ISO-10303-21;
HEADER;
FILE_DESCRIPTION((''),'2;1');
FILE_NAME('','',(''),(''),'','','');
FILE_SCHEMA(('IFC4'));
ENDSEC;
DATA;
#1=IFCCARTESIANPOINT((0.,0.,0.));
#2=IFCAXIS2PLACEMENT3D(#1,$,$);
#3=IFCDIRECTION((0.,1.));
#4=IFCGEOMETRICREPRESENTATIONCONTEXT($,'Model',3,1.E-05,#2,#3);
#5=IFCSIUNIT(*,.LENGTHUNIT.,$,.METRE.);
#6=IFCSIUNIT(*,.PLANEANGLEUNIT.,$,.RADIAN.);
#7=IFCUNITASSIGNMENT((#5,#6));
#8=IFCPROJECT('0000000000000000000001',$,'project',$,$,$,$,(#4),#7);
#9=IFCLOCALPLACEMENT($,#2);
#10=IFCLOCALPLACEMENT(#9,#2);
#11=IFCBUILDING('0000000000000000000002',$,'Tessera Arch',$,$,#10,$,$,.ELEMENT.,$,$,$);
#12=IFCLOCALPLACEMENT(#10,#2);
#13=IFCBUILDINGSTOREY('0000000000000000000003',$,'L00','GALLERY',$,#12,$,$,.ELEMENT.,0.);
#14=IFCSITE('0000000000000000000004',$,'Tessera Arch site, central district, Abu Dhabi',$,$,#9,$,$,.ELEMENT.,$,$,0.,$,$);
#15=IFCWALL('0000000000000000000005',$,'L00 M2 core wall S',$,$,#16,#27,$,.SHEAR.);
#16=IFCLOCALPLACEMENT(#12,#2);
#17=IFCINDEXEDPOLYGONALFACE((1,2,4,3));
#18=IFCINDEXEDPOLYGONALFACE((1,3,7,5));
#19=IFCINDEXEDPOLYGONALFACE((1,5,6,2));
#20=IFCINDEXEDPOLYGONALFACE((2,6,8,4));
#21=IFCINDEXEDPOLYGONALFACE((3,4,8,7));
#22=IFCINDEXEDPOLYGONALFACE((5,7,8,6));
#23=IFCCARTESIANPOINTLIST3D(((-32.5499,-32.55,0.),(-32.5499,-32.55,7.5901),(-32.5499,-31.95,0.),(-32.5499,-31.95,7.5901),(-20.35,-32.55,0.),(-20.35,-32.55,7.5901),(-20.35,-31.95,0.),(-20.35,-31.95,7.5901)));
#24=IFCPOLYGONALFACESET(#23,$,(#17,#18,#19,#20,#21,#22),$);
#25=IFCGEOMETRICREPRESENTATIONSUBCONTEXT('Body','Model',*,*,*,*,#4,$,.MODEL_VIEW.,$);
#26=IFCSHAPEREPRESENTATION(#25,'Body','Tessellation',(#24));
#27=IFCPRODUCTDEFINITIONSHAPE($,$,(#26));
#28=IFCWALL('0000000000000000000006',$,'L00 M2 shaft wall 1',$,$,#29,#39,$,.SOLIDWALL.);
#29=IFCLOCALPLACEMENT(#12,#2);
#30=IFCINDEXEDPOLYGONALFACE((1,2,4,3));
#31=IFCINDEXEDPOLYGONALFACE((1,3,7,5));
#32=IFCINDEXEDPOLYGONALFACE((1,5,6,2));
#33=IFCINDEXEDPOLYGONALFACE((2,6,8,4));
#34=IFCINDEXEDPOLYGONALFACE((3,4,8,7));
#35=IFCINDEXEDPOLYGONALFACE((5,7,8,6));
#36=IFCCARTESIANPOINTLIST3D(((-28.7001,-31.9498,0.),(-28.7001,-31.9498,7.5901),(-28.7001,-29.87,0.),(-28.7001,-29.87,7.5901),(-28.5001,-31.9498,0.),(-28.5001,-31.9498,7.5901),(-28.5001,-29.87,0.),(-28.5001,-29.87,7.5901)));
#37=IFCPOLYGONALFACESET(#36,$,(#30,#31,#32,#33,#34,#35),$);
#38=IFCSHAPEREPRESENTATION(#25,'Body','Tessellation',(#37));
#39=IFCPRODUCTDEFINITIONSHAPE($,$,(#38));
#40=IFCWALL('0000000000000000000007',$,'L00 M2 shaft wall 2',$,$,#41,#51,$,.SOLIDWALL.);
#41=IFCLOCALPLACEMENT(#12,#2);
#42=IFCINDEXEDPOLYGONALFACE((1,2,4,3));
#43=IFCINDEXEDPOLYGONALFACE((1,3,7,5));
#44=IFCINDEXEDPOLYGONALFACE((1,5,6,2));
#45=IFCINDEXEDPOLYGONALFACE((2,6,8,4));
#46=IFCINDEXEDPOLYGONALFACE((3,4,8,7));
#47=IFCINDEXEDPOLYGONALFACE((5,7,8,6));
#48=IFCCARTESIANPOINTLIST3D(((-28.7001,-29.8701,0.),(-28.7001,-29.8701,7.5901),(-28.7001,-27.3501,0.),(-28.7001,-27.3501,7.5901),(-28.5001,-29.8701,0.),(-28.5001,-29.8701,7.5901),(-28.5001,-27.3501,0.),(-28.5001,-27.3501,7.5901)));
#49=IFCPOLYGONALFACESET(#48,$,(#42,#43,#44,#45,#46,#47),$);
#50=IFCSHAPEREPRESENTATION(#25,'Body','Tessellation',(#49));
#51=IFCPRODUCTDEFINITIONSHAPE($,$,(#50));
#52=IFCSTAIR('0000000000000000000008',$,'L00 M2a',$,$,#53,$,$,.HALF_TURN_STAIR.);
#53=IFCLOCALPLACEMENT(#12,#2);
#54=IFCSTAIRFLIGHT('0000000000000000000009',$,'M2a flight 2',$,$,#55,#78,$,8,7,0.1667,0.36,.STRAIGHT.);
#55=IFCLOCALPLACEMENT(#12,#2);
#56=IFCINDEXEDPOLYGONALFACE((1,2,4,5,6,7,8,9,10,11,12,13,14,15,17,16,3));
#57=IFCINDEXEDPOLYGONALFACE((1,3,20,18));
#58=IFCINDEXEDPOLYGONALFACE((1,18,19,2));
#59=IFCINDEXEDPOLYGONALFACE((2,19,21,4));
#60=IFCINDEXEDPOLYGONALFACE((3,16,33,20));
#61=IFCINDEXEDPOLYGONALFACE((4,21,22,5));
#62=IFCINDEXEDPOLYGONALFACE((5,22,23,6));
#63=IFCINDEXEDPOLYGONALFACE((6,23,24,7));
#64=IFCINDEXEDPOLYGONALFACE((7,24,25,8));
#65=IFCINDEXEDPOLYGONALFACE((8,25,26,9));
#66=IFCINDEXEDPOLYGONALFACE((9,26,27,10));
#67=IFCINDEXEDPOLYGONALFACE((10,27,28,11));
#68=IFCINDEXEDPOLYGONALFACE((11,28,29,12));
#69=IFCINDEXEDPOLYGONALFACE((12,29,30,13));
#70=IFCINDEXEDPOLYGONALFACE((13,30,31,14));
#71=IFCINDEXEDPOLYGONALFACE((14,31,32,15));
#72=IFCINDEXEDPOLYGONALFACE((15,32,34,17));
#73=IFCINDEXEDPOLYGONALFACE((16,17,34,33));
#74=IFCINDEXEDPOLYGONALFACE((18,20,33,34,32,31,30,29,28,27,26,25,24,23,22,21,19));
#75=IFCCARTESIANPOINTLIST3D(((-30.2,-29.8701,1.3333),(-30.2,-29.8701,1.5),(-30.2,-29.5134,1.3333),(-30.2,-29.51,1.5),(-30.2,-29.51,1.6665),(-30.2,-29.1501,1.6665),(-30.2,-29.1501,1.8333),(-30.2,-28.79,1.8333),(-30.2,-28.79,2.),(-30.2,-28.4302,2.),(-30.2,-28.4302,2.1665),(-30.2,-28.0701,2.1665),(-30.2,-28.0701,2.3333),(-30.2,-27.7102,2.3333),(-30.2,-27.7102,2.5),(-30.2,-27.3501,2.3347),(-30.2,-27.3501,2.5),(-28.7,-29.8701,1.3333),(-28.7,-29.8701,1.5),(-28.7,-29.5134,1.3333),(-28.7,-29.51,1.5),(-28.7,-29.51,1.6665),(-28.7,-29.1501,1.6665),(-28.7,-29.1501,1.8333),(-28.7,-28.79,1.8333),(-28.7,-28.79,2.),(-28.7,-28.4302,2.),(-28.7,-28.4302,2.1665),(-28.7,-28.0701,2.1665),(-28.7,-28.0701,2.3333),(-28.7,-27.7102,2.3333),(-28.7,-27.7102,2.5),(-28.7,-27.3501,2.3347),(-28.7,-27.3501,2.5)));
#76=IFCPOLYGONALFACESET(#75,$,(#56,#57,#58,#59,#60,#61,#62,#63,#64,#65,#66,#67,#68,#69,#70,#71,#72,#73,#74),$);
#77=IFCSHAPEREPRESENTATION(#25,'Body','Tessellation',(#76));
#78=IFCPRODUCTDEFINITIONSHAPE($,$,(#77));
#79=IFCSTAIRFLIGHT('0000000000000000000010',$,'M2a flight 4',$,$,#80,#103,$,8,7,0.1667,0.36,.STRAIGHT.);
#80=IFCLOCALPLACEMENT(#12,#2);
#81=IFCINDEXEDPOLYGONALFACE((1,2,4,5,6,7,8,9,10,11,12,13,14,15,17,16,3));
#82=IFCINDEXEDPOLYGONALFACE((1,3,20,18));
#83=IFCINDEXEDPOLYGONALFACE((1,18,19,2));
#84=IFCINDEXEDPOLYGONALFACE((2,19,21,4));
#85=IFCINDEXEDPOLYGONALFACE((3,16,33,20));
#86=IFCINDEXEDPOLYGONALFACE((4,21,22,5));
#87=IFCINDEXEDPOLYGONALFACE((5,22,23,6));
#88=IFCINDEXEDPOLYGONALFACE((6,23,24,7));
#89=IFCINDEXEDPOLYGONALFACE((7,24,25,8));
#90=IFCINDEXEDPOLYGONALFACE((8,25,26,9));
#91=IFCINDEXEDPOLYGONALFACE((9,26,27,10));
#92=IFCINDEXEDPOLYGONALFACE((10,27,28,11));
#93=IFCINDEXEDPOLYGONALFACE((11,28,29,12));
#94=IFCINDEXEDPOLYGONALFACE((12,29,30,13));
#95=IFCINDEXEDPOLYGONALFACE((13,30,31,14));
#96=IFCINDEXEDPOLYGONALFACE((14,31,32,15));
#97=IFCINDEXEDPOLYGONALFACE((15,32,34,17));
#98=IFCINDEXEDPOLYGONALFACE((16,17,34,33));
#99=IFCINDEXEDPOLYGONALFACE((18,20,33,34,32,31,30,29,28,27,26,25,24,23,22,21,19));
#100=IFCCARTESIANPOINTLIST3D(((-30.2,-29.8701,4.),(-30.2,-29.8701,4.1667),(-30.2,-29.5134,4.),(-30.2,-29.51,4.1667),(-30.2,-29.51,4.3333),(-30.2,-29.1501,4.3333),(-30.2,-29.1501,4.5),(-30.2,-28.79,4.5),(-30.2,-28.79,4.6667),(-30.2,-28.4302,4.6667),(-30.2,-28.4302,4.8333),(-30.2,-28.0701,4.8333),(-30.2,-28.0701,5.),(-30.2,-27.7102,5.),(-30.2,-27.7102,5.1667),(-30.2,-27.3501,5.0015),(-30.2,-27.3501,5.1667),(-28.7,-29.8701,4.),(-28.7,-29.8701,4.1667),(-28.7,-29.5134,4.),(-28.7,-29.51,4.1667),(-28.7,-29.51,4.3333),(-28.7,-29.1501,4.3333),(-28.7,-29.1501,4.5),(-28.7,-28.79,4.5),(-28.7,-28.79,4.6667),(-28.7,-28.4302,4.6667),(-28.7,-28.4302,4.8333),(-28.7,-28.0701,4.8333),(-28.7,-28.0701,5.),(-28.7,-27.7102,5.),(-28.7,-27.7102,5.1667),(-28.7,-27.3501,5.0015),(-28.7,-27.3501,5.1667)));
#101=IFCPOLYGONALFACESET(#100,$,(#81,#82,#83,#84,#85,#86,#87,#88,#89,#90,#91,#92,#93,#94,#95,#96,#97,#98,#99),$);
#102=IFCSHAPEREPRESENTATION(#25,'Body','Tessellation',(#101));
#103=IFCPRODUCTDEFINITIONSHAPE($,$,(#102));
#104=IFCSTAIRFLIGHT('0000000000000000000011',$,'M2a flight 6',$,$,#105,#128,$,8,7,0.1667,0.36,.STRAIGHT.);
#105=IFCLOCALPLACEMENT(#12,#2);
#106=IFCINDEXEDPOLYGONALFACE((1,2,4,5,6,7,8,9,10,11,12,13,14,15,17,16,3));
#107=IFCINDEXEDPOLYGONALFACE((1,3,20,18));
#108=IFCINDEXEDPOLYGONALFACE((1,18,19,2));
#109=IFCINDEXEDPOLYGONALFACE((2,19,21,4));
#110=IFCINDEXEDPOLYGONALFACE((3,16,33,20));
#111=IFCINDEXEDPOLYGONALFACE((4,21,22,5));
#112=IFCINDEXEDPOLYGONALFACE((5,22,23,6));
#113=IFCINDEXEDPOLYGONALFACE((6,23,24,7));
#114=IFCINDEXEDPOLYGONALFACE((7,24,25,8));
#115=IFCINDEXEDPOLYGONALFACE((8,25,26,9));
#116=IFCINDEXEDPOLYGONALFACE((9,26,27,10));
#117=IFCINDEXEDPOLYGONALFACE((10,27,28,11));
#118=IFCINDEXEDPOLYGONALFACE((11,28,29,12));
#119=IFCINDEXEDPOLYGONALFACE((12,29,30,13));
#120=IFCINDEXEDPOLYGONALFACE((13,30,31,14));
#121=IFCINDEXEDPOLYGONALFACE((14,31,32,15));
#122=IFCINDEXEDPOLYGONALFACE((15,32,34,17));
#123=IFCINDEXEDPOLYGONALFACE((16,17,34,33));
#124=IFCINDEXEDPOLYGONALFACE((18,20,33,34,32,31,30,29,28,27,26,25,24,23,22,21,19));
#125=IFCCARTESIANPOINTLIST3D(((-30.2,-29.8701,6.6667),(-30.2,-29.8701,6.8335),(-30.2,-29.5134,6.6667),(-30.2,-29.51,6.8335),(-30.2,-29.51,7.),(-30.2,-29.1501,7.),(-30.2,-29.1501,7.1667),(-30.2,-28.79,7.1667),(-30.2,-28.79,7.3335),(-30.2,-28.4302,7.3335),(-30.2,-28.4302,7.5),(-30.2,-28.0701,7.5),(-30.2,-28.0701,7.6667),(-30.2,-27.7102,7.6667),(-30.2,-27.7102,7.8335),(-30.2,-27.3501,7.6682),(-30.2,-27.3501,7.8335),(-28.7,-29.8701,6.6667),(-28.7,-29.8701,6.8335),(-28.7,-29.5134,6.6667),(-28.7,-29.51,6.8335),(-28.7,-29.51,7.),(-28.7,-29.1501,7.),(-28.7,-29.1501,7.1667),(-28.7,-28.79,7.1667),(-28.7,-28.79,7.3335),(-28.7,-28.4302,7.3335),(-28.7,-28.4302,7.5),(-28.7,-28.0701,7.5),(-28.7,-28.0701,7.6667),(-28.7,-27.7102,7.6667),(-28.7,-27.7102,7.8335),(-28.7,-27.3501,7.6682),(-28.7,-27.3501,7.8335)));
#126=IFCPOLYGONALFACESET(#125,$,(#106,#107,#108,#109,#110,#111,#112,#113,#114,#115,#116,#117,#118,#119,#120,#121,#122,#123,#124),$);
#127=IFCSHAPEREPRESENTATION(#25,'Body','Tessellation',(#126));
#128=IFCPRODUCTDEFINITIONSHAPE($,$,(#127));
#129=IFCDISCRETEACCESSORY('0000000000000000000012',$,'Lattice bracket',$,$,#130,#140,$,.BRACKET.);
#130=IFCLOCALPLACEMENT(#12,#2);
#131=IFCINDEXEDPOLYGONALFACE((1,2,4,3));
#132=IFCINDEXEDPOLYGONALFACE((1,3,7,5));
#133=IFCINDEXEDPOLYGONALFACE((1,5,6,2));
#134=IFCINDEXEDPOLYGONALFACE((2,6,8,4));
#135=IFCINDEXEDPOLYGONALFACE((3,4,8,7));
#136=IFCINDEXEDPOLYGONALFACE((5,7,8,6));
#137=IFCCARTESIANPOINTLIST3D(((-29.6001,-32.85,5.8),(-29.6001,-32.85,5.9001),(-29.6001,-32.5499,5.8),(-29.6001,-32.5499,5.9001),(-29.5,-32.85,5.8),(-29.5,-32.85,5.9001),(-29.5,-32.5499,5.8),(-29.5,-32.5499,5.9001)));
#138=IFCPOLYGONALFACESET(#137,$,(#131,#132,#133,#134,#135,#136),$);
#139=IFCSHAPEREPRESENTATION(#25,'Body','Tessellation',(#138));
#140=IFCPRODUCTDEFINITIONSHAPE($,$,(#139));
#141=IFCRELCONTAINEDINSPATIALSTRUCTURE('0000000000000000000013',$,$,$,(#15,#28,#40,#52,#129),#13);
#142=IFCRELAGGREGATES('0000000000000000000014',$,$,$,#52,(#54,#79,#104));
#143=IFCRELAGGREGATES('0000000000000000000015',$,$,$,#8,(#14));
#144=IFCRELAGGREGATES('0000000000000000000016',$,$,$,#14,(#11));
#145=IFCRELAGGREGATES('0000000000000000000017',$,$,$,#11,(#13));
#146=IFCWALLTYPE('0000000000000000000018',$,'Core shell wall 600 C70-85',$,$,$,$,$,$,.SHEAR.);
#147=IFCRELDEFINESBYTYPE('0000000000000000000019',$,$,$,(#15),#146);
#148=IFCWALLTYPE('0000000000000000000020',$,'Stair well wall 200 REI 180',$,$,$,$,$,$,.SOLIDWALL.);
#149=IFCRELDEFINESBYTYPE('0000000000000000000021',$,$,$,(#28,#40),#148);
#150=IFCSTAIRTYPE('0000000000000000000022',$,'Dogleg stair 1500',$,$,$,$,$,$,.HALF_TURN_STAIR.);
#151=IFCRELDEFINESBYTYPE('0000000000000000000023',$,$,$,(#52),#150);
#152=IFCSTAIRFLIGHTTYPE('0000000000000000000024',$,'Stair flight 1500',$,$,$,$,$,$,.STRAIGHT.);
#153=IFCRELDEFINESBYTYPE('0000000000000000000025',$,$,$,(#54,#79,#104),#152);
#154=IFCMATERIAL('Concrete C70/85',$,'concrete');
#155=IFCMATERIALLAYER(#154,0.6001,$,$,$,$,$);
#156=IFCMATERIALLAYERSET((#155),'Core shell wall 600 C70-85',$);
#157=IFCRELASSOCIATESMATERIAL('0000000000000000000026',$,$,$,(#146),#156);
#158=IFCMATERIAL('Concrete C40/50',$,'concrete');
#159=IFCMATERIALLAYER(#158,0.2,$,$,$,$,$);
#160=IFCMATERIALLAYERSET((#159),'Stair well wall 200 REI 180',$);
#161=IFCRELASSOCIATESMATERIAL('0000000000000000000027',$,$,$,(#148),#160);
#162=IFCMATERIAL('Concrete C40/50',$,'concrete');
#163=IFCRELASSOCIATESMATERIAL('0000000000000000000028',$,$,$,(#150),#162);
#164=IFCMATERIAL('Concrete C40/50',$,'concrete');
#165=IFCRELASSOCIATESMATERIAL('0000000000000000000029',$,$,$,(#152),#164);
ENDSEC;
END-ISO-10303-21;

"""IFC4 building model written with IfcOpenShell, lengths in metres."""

from ifc_helpers import new_model, si_unit, direction, frame, frame_2d, origin, origin_2d, place, context, subcontext, project, spatial, polyline, rectangle, outline, extrude, material, layer, layer_set, type_object, element, aggregate, save


model = new_model("IFC4")

# Units and contexts
model_context = context("Model", 3, precision=1e-05, world=origin(), true_north=direction((0.0, 1.0)))
body_context = subcontext(model_context, "Body", "Model", "MODEL_VIEW")
ifc_project = project(units=[si_unit("LENGTHUNIT", "METRE"), si_unit("PLANEANGLEUNIT", "RADIAN")], contexts=[model_context])

# Site, building, storey
site_placement = place(None, origin())
site = spatial("IfcSite", under=ifc_project, at=site_placement, Name="Tessera Arch site, central district, Abu Dhabi", CompositionType="ELEMENT", RefElevation=0.0)
building_placement = place(site_placement, origin())
building = spatial("IfcBuilding", under=site, at=building_placement, Name="Tessera Arch", CompositionType="ELEMENT")
storey_placement = place(building_placement, origin())
storey = spatial("IfcBuildingStorey", under=building, at=storey_placement, Name="L00", Description="GALLERY", CompositionType="ELEMENT", Elevation=0.0)

# Wall
ifc_material_1 = material(Name="Concrete C70/85", Category="concrete")
ifc_layer_1 = layer(ifc_material_1, 0.6001)
ifc_layer_set_1 = layer_set([ifc_layer_1], Name="Core shell wall 600 C70-85")
wall_type_1 = type_object("IfcWallType", Name="Core shell wall 600 C70-85", PredefinedType="SHEAR", material=ifc_layer_set_1)
wall_1_placement = place(storey_placement, frame((-32.55, -32.25, 0.0), z_axis=(0.0, 0.0, 1.0), x_axis=(1.0, 0.0, 0.0)))
element("IfcWall", 1, at=wall_1_placement, inside=storey, type_object=wall_type_1, Name="L00 M2 core wall S", PredefinedType="SHEAR", context=body_context, shape_type="SweptSolid", body=[
    extrude(rectangle(XDim=12.2, YDim=0.6001, at=frame_2d((6.1001, 0.0))), origin(), (0.0, 0.0, 1.0), 7.5901),
])

# Walls
ifc_material_2 = material(Name="Concrete C40/50", Category="concrete")
ifc_layer_2 = layer(ifc_material_2, 0.2)
ifc_layer_set_2 = layer_set([ifc_layer_2], Name="Stair well wall 200 REI 180")
wall_type_2 = type_object("IfcWallType", Name="Stair well wall 200 REI 180", PredefinedType="SOLIDWALL", material=ifc_layer_set_2)
wall_2_placement = place(storey_placement, frame((-28.6001, -31.95, 0.0), z_axis=(0.0, 0.0, 1.0), x_axis=(0.0, 1.0, 0.0)))
element("IfcWall", 2, at=wall_2_placement, inside=storey, type_object=wall_type_2, Name="L00 M2 shaft wall 1", PredefinedType="SOLIDWALL", context=body_context, shape_type="SweptSolid", body=[
    extrude(rectangle(XDim=2.0798, YDim=0.2, at=frame_2d((1.04, 0.0))), origin(), (0.0, 0.0, 1.0), 7.5901),
])
wall_3_placement = place(storey_placement, frame((-28.6001, -29.8701, 0.0), z_axis=(0.0, 0.0, 1.0), x_axis=(0.0, 1.0, 0.0)))
element("IfcWall", 3, at=wall_3_placement, inside=storey, type_object=wall_type_2, Name="L00 M2 shaft wall 2", PredefinedType="SOLIDWALL", context=body_context, shape_type="SweptSolid", body=[
    extrude(rectangle(XDim=2.52, YDim=0.2, at=frame_2d((1.26, 0.0))), origin(), (0.0, 0.0, 1.0), 7.5901),
])

# Stair, stair flights
ifc_material_3 = material(Name="Concrete C40/50", Category="concrete")
stair_type = type_object("IfcStairType", Name="Dogleg stair 1500", PredefinedType="HALF_TURN_STAIR", material=ifc_material_3)
stair_placement = place(storey_placement, origin())
stair = element("IfcStair", 4, at=stair_placement, inside=storey, type_object=stair_type, Name="L00 M2a", PredefinedType="HALF_TURN_STAIR")
ifc_material_4 = material(Name="Concrete C40/50", Category="concrete")
stair_flight_type = type_object("IfcStairFlightType", Name="Stair flight 1500", PredefinedType="STRAIGHT", material=ifc_material_4)
stair_flight_1_placement = place(storey_placement, frame((-29.45, -29.8701, 1.3333), z_axis=(0.0, 0.0, 1.0), x_axis=(0.0, 1.0, 0.0)))
stair_flight_1 = element("IfcStairFlight", 5, at=stair_flight_1_placement, type_object=stair_flight_type, Name="M2a flight 2", NumberOfRisers=8, NumberOfTreads=7, PredefinedType="STRAIGHT", RiserHeight=0.1667, TreadLength=0.36, context=body_context, shape_type="SweptSolid", body=[
    extrude(outline(polyline([(0.0, 0.0), (0.0, 0.1667), (0.3601, 0.1667), (0.3601, 0.3333), (0.72, 0.3333), (0.72, 0.5), (1.0801, 0.5), (1.0801, 0.6667), (1.4399, 0.6667), (1.4399, 0.8333), (1.8, 0.8333), (1.8, 1.0), (2.1599, 1.0), (2.1599, 1.1667), (2.52, 1.1667), (2.52, 1.3333), (2.52, 1.0015), (0.3567, 0.0), (0.0, 0.0)])), frame((0.0, 0.75, 0.0), z_axis=(0.0, -1.0, 0.0), x_axis=(1.0, 0.0, 0.0)), (0.0, 0.0, 1.0), 1.5),
])
stair_flight_2_placement = place(storey_placement, frame((-29.45, -29.8701, 4.0), z_axis=(0.0, 0.0, 1.0), x_axis=(0.0, 1.0, 0.0)))
stair_flight_2 = element("IfcStairFlight", 6, at=stair_flight_2_placement, type_object=stair_flight_type, Name="M2a flight 4", NumberOfRisers=8, NumberOfTreads=7, PredefinedType="STRAIGHT", RiserHeight=0.1667, TreadLength=0.36, context=body_context, shape_type="SweptSolid", body=[
    extrude(outline(polyline([(0.0, 0.0), (0.0, 0.1667), (0.3601, 0.1667), (0.3601, 0.3333), (0.72, 0.3333), (0.72, 0.5), (1.0801, 0.5), (1.0801, 0.6667), (1.4399, 0.6667), (1.4399, 0.8333), (1.8, 0.8333), (1.8, 1.0), (2.1599, 1.0), (2.1599, 1.1667), (2.52, 1.1667), (2.52, 1.3333), (2.52, 1.0015), (0.3567, 0.0), (0.0, 0.0)])), frame((0.0, 0.75, 0.0), z_axis=(0.0, -1.0, 0.0), x_axis=(1.0, 0.0, 0.0)), (0.0, 0.0, 1.0), 1.5),
])
stair_flight_3_placement = place(storey_placement, frame((-29.45, -29.8701, 6.6667), z_axis=(0.0, 0.0, 1.0), x_axis=(0.0, 1.0, 0.0)))
stair_flight_3 = element("IfcStairFlight", 7, at=stair_flight_3_placement, type_object=stair_flight_type, Name="M2a flight 6", NumberOfRisers=8, NumberOfTreads=7, PredefinedType="STRAIGHT", RiserHeight=0.1667, TreadLength=0.36, context=body_context, shape_type="SweptSolid", body=[
    extrude(outline(polyline([(0.0, 0.0), (0.0, 0.1667), (0.3601, 0.1667), (0.3601, 0.3333), (0.72, 0.3333), (0.72, 0.5), (1.0801, 0.5), (1.0801, 0.6667), (1.4399, 0.6667), (1.4399, 0.8333), (1.8, 0.8333), (1.8, 1.0), (2.1599, 1.0), (2.1599, 1.1667), (2.52, 1.1667), (2.52, 1.3333), (2.52, 1.0015), (0.3567, 0.0), (0.0, 0.0)])), frame((0.0, 0.75, 0.0), z_axis=(0.0, -1.0, 0.0), x_axis=(1.0, 0.0, 0.0)), (0.0, 0.0, 1.0), 1.5),
])
aggregate(stair, [stair_flight_1, stair_flight_2, stair_flight_3])

# Discrete accessory
discrete_accessory_placement = place(storey_placement, frame((-29.55, -32.7, 5.8), z_axis=(0.0, 0.0, 1.0), x_axis=(0.0, -1.0, 0.0)))
element("IfcDiscreteAccessory", 8, at=discrete_accessory_placement, inside=storey, Name="Lattice bracket", PredefinedType="BRACKET", context=body_context, shape_type="SweptSolid", body=[
    extrude(rectangle(XDim=0.3, YDim=0.1001, at=origin_2d()), origin(), (0.0, 0.0, 1.0), 0.1001),
])

save(model, "model.ifc")
